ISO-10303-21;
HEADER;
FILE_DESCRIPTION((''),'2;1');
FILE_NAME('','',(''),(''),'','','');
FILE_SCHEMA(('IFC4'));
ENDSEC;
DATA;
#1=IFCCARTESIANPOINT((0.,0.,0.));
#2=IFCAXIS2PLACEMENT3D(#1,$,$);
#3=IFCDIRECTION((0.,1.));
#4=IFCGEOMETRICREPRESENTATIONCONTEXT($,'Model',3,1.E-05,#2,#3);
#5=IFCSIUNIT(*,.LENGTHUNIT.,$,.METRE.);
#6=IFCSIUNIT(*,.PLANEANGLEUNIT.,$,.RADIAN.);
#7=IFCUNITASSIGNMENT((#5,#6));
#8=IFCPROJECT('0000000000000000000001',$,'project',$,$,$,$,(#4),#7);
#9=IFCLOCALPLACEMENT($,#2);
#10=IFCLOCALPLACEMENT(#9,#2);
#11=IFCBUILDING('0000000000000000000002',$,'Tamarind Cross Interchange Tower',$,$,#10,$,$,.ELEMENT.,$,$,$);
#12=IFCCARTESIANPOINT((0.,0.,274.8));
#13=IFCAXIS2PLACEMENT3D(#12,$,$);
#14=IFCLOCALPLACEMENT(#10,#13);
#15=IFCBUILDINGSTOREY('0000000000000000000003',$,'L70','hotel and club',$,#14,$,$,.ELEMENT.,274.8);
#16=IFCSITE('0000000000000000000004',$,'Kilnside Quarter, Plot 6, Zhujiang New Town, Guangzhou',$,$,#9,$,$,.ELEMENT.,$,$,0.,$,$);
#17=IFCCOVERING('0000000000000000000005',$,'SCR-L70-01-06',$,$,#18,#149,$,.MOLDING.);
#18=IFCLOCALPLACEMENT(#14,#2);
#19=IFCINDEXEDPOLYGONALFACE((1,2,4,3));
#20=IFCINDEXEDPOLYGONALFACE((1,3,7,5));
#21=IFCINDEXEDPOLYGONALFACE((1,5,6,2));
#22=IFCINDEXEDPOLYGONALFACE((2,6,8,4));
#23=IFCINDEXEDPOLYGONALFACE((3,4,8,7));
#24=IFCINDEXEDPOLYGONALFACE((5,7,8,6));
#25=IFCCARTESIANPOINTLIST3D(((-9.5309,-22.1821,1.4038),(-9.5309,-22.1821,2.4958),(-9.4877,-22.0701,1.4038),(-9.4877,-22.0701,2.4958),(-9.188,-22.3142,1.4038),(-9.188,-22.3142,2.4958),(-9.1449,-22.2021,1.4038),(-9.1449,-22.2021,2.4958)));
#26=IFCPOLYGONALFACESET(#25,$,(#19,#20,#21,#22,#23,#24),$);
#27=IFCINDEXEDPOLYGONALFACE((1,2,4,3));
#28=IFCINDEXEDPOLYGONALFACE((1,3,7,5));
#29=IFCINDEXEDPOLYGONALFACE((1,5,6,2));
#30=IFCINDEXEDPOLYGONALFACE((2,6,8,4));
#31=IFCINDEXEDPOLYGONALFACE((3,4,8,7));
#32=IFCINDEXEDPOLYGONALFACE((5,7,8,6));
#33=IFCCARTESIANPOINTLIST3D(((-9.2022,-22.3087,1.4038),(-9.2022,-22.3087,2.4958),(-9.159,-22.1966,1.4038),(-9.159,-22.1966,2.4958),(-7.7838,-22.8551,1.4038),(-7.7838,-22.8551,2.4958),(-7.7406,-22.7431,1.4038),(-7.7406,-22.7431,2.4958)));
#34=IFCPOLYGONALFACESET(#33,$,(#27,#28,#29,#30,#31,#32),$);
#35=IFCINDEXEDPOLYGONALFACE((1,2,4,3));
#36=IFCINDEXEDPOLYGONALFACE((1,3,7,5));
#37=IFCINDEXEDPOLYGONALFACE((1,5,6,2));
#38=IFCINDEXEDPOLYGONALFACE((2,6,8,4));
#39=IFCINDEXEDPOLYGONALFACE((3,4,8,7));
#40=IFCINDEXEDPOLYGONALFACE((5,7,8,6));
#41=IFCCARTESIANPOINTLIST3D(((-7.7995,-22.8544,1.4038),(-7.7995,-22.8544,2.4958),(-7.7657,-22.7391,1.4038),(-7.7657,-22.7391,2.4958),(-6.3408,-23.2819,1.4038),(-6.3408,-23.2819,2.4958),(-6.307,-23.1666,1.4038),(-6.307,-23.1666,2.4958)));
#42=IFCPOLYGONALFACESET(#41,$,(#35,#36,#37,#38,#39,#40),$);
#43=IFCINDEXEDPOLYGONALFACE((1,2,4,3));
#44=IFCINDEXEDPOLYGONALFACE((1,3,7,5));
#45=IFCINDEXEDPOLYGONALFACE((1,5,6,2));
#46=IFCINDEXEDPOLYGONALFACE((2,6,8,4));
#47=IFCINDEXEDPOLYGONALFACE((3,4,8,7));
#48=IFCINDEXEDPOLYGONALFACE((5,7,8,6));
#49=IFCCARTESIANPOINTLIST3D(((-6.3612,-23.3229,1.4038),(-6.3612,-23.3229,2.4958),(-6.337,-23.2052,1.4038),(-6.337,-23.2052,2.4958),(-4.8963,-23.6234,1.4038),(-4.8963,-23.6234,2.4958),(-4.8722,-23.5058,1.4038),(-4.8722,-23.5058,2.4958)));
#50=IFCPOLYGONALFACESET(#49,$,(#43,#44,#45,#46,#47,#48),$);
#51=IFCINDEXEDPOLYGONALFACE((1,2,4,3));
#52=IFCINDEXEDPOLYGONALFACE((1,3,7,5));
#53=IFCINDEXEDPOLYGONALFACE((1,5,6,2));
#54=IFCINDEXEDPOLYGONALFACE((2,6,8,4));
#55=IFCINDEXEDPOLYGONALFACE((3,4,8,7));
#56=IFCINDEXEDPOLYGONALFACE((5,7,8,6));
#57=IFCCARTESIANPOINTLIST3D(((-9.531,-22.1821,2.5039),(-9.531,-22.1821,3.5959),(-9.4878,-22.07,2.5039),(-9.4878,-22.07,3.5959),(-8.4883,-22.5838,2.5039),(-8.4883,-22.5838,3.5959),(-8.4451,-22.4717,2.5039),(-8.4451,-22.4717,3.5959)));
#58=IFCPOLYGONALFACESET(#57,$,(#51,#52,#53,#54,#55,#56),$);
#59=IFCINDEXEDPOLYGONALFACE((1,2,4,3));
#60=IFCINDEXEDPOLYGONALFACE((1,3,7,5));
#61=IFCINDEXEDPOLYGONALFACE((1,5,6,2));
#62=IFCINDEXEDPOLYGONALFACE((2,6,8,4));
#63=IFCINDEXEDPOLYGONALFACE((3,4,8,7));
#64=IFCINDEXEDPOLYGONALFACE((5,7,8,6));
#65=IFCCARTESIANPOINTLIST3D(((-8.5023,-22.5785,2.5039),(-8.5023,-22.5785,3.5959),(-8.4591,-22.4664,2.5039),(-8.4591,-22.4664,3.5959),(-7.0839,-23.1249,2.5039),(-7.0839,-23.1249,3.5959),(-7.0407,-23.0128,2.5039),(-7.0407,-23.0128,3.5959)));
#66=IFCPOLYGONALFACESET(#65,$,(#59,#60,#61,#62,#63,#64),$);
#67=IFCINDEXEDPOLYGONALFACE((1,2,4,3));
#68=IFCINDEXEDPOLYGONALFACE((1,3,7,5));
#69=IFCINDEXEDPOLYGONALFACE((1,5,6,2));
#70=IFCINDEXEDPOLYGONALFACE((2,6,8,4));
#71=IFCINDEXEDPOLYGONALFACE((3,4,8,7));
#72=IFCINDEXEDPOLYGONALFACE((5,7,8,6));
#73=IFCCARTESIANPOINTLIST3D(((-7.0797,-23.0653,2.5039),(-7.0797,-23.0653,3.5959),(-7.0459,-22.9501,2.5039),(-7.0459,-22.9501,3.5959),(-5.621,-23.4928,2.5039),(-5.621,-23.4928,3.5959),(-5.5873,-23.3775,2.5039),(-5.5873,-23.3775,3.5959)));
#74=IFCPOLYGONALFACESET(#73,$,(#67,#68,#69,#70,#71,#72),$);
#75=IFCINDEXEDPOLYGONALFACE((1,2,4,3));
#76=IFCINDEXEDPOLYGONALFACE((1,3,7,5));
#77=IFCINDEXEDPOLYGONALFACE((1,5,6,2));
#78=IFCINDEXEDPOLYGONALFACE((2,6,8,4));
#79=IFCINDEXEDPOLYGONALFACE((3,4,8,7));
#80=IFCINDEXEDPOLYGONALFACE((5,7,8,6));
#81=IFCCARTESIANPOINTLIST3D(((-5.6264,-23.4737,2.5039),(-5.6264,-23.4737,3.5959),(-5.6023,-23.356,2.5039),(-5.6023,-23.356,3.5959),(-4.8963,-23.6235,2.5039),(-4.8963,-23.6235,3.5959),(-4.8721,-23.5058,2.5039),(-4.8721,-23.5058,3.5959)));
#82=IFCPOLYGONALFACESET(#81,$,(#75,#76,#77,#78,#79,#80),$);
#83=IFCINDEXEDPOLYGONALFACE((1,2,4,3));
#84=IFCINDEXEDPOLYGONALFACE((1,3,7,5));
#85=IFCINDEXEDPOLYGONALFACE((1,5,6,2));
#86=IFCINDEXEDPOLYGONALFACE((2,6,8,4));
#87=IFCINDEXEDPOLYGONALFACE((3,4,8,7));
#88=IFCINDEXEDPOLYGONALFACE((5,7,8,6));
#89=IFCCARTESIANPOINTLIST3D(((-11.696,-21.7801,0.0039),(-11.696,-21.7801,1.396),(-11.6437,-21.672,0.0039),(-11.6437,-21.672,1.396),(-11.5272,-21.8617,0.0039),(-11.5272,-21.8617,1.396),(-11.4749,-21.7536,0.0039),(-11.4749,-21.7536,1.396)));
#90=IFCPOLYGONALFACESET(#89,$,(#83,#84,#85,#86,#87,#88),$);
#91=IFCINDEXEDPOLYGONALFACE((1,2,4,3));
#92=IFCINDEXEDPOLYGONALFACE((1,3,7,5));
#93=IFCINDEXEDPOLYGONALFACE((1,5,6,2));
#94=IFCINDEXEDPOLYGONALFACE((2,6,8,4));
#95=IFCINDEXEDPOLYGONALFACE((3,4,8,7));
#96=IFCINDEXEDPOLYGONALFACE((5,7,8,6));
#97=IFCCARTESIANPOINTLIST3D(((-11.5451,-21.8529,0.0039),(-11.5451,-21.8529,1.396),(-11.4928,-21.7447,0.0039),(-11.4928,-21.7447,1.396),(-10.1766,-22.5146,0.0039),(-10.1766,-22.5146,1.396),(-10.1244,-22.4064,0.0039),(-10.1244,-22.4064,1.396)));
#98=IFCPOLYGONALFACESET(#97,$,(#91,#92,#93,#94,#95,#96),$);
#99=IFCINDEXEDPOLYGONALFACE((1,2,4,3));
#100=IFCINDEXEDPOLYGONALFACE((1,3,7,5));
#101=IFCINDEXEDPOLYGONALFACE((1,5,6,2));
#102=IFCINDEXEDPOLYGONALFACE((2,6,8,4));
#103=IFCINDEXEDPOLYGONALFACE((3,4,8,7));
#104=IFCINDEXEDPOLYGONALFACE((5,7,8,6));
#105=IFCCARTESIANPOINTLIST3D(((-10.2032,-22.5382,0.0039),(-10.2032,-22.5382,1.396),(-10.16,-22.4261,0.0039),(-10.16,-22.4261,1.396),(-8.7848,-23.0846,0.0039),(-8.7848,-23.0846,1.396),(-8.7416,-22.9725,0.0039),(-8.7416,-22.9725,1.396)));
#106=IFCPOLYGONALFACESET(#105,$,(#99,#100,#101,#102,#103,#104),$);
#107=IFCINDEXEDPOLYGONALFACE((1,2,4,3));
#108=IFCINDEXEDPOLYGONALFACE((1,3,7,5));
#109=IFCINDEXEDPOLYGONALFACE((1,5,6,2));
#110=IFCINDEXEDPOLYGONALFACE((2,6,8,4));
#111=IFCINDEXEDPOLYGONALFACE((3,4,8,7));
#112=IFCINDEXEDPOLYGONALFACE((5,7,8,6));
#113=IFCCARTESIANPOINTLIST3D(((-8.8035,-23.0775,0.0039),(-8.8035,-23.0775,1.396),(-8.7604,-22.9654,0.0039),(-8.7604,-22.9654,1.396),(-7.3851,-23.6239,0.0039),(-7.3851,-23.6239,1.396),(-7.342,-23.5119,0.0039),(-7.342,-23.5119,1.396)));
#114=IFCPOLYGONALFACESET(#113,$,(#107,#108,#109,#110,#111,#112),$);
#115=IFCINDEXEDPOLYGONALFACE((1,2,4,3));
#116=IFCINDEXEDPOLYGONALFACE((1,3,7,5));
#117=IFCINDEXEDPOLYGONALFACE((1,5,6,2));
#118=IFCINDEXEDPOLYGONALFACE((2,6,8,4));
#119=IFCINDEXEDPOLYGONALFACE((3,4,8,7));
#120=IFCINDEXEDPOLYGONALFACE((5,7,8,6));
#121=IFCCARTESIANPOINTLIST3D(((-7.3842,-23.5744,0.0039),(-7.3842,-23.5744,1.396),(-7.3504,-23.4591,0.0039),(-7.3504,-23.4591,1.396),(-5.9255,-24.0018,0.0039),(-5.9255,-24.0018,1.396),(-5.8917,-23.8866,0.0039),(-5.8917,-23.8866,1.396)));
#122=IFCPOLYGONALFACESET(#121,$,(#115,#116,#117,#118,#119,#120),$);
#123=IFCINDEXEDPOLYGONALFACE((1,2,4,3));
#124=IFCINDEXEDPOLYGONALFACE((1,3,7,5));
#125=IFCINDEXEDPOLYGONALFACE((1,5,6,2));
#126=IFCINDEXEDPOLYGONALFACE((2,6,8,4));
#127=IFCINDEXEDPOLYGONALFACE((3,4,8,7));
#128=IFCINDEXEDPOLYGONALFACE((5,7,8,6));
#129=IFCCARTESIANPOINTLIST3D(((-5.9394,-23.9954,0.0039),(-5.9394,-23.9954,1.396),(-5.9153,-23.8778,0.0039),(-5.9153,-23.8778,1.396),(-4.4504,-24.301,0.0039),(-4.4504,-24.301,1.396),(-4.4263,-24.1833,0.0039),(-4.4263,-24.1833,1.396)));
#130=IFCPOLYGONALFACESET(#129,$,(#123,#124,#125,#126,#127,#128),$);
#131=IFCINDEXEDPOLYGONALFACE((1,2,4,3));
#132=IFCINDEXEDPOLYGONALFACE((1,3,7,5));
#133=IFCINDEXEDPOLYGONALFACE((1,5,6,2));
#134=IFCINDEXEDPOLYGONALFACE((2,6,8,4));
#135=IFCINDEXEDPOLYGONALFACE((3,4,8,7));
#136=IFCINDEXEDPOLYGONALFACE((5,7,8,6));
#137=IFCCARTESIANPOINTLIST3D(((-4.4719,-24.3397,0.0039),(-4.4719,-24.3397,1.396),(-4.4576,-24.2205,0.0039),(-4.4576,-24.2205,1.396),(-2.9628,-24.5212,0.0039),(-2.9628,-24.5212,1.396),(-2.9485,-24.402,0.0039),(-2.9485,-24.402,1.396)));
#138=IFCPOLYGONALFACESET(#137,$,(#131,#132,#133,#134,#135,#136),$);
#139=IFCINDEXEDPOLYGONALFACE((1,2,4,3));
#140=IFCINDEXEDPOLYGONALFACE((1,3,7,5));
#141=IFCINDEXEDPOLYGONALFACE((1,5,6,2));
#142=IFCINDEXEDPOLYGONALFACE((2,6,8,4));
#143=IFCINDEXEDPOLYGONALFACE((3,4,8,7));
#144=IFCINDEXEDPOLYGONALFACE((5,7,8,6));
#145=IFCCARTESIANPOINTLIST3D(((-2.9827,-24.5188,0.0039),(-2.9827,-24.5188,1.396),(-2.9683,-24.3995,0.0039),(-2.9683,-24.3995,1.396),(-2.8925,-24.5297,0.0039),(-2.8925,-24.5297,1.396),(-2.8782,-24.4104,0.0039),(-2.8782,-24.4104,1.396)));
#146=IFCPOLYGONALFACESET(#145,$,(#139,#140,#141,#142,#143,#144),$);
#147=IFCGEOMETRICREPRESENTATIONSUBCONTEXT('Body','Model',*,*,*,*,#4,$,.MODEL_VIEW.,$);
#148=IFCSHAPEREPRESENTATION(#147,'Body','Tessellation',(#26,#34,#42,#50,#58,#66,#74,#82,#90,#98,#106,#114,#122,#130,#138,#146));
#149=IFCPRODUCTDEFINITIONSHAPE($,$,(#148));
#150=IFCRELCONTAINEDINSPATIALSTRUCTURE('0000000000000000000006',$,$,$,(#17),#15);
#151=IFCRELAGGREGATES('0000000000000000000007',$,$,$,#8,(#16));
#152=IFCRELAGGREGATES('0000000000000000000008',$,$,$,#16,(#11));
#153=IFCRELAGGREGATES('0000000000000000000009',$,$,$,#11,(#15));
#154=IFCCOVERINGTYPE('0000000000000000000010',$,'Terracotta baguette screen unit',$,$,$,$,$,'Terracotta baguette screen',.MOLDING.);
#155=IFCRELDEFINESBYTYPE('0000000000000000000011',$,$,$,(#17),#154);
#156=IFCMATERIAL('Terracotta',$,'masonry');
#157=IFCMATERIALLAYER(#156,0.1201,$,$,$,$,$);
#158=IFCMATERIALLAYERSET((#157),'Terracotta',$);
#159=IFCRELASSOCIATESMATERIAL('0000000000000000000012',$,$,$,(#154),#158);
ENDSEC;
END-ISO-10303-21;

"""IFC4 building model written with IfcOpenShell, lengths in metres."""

from ifc_helpers import new_model, si_unit, direction, frame, origin, origin_2d, place, context, subcontext, project, spatial, rectangle, extrude, material, layer, layer_set, type_object, element, save


model = new_model("IFC4")

# Units and contexts
model_context = context("Model", 3, precision=1e-05, world=origin(), true_north=direction((0.0, 1.0)))
body_context = subcontext(model_context, "Body", "Model", "MODEL_VIEW")
ifc_project = project(units=[si_unit("LENGTHUNIT", "METRE"), si_unit("PLANEANGLEUNIT", "RADIAN")], contexts=[model_context])

# Site, building, storey
site_placement = place(None, origin())
site = spatial("IfcSite", under=ifc_project, at=site_placement, Name="Kilnside Quarter, Plot 6, Zhujiang New Town, Guangzhou", CompositionType="ELEMENT", RefElevation=0.0)
building_placement = place(site_placement, origin())
building = spatial("IfcBuilding", under=site, at=building_placement, Name="Tamarind Cross Interchange Tower", CompositionType="ELEMENT")
storey_placement = place(building_placement, frame((0.0, 0.0, 274.8)))
storey = spatial("IfcBuildingStorey", under=building, at=storey_placement, Name="L70", Description="hotel and club", CompositionType="ELEMENT", Elevation=274.8)

# Covering
ifc_material_1 = material(Name="Terracotta", Category="masonry")
ifc_layer_1 = layer(ifc_material_1, 0.1201)
ifc_layer_set_1 = layer_set([ifc_layer_1], Name="Terracotta")
covering_type = type_object("IfcCoveringType", Name="Terracotta baguette screen unit", ElementType="Terracotta baguette screen", PredefinedType="MOLDING", material=ifc_layer_set_1)
covering_1_placement = place(storey_placement, origin())
element("IfcCovering", 1, at=covering_1_placement, inside=storey, type_object=covering_type, Name="SCR-L70-01-06", PredefinedType="MOLDING", context=body_context, shape_type="SweptSolid", body=[
    extrude(rectangle(XDim=0.3674, YDim=0.1201, at=origin_2d()), frame((-9.3379, -22.1921, 1.4038), z_axis=(0.0, 0.0, 1.0), x_axis=(0.933147, -0.359495, 0.0)), (0.0, 0.0, 1.0), 1.092),
    extrude(rectangle(XDim=1.52, YDim=0.1201, at=origin_2d()), frame((-8.4714, -22.5259, 1.4038), z_axis=(0.0, 0.0, 1.0), x_axis=(0.933147, -0.359495, 0.0)), (0.0, 0.0, 1.0), 1.092),
    extrude(rectangle(XDim=1.52, YDim=0.1201, at=origin_2d()), frame((-7.0532, -23.0105, 1.4038), z_axis=(0.0, 0.0, 1.0), x_axis=(0.959647, -0.281209, 0.0)), (0.0, 0.0, 1.0), 1.092),
    extrude(rectangle(XDim=1.4954, YDim=0.1201, at=origin_2d()), frame((-5.6167, -23.4143, 1.4038), z_axis=(0.0, 0.0, 1.0), x_axis=(0.979591, -0.201001, 0.0)), (0.0, 0.0, 1.0), 1.092),
    extrude(rectangle(XDim=1.1174, YDim=0.1201, at=origin_2d()), frame((-8.988, -22.3269, 2.5039), z_axis=(0.0, 0.0, 1.0), x_axis=(0.933147, -0.359495, 0.0)), (0.0, 0.0, 1.0), 1.092),
    extrude(rectangle(XDim=1.52, YDim=0.1201, at=origin_2d()), frame((-7.7715, -22.7957, 2.5039), z_axis=(0.0, 0.0, 1.0), x_axis=(0.933147, -0.359495, 0.0)), (0.0, 0.0, 1.0), 1.092),
    extrude(rectangle(XDim=1.52, YDim=0.1201, at=origin_2d()), frame((-6.3335, -23.2214, 2.5039), z_axis=(0.0, 0.0, 1.0), x_axis=(0.959647, -0.281209, 0.0)), (0.0, 0.0, 1.0), 1.092),
    extrude(rectangle(XDim=0.7454, YDim=0.1201, at=origin_2d()), frame((-5.2493, -23.4897, 2.5039), z_axis=(0.0, 0.0, 1.0), x_axis=(0.979591, -0.201001, 0.0)), (0.0, 0.0, 1.0), 1.092),
    extrude(rectangle(XDim=0.1875, YDim=0.1201, at=origin_2d()), frame((-11.5854, -21.7668, 0.0039), z_axis=(0.0, 0.0, 1.0), x_axis=(0.900273, -0.435326, 0.0)), (0.0, 0.0, 1.0), 1.3921),
    extrude(rectangle(XDim=1.52, YDim=0.1201, at=origin_2d()), frame((-10.8347, -22.1296, 0.0039), z_axis=(0.0, 0.0, 1.0), x_axis=(0.900273, -0.435326, 0.0)), (0.0, 0.0, 1.0), 1.3921),
    extrude(rectangle(XDim=1.52, YDim=0.1201, at=origin_2d()), frame((-9.4724, -22.7554, 0.0039), z_axis=(0.0, 0.0, 1.0), x_axis=(0.933147, -0.359495, 0.0)), (0.0, 0.0, 1.0), 1.3921),
    extrude(rectangle(XDim=1.52, YDim=0.1201, at=origin_2d()), frame((-8.0728, -23.2947, 0.0039), z_axis=(0.0, 0.0, 1.0), x_axis=(0.933147, -0.359495, 0.0)), (0.0, 0.0, 1.0), 1.3921),
    extrude(rectangle(XDim=1.52, YDim=0.1201, at=origin_2d()), frame((-6.6379, -23.7305, 0.0039), z_axis=(0.0, 0.0, 1.0), x_axis=(0.959647, -0.281209, 0.0)), (0.0, 0.0, 1.0), 1.3921),
    extrude(rectangle(XDim=1.52, YDim=0.1201, at=origin_2d()), frame((-5.1829, -24.0894, 0.0039), z_axis=(0.0, 0.0, 1.0), x_axis=(0.979591, -0.201001, 0.0)), (0.0, 0.0, 1.0), 1.3921),
    extrude(rectangle(XDim=1.52, YDim=0.1201, at=origin_2d()), frame((-3.7102, -24.3708, 0.0039), z_axis=(0.0, 0.0, 1.0), x_axis=(0.992844, -0.119421, 0.0)), (0.0, 0.0, 1.0), 1.3921),
    extrude(rectangle(XDim=0.0908, YDim=0.1201, at=origin_2d()), frame((-2.9304, -24.4646, 0.0039), z_axis=(0.0, 0.0, 1.0), x_axis=(0.992844, -0.119421, 0.0)), (0.0, 0.0, 1.0), 1.3921),
])

save(model, "model.ifc")
